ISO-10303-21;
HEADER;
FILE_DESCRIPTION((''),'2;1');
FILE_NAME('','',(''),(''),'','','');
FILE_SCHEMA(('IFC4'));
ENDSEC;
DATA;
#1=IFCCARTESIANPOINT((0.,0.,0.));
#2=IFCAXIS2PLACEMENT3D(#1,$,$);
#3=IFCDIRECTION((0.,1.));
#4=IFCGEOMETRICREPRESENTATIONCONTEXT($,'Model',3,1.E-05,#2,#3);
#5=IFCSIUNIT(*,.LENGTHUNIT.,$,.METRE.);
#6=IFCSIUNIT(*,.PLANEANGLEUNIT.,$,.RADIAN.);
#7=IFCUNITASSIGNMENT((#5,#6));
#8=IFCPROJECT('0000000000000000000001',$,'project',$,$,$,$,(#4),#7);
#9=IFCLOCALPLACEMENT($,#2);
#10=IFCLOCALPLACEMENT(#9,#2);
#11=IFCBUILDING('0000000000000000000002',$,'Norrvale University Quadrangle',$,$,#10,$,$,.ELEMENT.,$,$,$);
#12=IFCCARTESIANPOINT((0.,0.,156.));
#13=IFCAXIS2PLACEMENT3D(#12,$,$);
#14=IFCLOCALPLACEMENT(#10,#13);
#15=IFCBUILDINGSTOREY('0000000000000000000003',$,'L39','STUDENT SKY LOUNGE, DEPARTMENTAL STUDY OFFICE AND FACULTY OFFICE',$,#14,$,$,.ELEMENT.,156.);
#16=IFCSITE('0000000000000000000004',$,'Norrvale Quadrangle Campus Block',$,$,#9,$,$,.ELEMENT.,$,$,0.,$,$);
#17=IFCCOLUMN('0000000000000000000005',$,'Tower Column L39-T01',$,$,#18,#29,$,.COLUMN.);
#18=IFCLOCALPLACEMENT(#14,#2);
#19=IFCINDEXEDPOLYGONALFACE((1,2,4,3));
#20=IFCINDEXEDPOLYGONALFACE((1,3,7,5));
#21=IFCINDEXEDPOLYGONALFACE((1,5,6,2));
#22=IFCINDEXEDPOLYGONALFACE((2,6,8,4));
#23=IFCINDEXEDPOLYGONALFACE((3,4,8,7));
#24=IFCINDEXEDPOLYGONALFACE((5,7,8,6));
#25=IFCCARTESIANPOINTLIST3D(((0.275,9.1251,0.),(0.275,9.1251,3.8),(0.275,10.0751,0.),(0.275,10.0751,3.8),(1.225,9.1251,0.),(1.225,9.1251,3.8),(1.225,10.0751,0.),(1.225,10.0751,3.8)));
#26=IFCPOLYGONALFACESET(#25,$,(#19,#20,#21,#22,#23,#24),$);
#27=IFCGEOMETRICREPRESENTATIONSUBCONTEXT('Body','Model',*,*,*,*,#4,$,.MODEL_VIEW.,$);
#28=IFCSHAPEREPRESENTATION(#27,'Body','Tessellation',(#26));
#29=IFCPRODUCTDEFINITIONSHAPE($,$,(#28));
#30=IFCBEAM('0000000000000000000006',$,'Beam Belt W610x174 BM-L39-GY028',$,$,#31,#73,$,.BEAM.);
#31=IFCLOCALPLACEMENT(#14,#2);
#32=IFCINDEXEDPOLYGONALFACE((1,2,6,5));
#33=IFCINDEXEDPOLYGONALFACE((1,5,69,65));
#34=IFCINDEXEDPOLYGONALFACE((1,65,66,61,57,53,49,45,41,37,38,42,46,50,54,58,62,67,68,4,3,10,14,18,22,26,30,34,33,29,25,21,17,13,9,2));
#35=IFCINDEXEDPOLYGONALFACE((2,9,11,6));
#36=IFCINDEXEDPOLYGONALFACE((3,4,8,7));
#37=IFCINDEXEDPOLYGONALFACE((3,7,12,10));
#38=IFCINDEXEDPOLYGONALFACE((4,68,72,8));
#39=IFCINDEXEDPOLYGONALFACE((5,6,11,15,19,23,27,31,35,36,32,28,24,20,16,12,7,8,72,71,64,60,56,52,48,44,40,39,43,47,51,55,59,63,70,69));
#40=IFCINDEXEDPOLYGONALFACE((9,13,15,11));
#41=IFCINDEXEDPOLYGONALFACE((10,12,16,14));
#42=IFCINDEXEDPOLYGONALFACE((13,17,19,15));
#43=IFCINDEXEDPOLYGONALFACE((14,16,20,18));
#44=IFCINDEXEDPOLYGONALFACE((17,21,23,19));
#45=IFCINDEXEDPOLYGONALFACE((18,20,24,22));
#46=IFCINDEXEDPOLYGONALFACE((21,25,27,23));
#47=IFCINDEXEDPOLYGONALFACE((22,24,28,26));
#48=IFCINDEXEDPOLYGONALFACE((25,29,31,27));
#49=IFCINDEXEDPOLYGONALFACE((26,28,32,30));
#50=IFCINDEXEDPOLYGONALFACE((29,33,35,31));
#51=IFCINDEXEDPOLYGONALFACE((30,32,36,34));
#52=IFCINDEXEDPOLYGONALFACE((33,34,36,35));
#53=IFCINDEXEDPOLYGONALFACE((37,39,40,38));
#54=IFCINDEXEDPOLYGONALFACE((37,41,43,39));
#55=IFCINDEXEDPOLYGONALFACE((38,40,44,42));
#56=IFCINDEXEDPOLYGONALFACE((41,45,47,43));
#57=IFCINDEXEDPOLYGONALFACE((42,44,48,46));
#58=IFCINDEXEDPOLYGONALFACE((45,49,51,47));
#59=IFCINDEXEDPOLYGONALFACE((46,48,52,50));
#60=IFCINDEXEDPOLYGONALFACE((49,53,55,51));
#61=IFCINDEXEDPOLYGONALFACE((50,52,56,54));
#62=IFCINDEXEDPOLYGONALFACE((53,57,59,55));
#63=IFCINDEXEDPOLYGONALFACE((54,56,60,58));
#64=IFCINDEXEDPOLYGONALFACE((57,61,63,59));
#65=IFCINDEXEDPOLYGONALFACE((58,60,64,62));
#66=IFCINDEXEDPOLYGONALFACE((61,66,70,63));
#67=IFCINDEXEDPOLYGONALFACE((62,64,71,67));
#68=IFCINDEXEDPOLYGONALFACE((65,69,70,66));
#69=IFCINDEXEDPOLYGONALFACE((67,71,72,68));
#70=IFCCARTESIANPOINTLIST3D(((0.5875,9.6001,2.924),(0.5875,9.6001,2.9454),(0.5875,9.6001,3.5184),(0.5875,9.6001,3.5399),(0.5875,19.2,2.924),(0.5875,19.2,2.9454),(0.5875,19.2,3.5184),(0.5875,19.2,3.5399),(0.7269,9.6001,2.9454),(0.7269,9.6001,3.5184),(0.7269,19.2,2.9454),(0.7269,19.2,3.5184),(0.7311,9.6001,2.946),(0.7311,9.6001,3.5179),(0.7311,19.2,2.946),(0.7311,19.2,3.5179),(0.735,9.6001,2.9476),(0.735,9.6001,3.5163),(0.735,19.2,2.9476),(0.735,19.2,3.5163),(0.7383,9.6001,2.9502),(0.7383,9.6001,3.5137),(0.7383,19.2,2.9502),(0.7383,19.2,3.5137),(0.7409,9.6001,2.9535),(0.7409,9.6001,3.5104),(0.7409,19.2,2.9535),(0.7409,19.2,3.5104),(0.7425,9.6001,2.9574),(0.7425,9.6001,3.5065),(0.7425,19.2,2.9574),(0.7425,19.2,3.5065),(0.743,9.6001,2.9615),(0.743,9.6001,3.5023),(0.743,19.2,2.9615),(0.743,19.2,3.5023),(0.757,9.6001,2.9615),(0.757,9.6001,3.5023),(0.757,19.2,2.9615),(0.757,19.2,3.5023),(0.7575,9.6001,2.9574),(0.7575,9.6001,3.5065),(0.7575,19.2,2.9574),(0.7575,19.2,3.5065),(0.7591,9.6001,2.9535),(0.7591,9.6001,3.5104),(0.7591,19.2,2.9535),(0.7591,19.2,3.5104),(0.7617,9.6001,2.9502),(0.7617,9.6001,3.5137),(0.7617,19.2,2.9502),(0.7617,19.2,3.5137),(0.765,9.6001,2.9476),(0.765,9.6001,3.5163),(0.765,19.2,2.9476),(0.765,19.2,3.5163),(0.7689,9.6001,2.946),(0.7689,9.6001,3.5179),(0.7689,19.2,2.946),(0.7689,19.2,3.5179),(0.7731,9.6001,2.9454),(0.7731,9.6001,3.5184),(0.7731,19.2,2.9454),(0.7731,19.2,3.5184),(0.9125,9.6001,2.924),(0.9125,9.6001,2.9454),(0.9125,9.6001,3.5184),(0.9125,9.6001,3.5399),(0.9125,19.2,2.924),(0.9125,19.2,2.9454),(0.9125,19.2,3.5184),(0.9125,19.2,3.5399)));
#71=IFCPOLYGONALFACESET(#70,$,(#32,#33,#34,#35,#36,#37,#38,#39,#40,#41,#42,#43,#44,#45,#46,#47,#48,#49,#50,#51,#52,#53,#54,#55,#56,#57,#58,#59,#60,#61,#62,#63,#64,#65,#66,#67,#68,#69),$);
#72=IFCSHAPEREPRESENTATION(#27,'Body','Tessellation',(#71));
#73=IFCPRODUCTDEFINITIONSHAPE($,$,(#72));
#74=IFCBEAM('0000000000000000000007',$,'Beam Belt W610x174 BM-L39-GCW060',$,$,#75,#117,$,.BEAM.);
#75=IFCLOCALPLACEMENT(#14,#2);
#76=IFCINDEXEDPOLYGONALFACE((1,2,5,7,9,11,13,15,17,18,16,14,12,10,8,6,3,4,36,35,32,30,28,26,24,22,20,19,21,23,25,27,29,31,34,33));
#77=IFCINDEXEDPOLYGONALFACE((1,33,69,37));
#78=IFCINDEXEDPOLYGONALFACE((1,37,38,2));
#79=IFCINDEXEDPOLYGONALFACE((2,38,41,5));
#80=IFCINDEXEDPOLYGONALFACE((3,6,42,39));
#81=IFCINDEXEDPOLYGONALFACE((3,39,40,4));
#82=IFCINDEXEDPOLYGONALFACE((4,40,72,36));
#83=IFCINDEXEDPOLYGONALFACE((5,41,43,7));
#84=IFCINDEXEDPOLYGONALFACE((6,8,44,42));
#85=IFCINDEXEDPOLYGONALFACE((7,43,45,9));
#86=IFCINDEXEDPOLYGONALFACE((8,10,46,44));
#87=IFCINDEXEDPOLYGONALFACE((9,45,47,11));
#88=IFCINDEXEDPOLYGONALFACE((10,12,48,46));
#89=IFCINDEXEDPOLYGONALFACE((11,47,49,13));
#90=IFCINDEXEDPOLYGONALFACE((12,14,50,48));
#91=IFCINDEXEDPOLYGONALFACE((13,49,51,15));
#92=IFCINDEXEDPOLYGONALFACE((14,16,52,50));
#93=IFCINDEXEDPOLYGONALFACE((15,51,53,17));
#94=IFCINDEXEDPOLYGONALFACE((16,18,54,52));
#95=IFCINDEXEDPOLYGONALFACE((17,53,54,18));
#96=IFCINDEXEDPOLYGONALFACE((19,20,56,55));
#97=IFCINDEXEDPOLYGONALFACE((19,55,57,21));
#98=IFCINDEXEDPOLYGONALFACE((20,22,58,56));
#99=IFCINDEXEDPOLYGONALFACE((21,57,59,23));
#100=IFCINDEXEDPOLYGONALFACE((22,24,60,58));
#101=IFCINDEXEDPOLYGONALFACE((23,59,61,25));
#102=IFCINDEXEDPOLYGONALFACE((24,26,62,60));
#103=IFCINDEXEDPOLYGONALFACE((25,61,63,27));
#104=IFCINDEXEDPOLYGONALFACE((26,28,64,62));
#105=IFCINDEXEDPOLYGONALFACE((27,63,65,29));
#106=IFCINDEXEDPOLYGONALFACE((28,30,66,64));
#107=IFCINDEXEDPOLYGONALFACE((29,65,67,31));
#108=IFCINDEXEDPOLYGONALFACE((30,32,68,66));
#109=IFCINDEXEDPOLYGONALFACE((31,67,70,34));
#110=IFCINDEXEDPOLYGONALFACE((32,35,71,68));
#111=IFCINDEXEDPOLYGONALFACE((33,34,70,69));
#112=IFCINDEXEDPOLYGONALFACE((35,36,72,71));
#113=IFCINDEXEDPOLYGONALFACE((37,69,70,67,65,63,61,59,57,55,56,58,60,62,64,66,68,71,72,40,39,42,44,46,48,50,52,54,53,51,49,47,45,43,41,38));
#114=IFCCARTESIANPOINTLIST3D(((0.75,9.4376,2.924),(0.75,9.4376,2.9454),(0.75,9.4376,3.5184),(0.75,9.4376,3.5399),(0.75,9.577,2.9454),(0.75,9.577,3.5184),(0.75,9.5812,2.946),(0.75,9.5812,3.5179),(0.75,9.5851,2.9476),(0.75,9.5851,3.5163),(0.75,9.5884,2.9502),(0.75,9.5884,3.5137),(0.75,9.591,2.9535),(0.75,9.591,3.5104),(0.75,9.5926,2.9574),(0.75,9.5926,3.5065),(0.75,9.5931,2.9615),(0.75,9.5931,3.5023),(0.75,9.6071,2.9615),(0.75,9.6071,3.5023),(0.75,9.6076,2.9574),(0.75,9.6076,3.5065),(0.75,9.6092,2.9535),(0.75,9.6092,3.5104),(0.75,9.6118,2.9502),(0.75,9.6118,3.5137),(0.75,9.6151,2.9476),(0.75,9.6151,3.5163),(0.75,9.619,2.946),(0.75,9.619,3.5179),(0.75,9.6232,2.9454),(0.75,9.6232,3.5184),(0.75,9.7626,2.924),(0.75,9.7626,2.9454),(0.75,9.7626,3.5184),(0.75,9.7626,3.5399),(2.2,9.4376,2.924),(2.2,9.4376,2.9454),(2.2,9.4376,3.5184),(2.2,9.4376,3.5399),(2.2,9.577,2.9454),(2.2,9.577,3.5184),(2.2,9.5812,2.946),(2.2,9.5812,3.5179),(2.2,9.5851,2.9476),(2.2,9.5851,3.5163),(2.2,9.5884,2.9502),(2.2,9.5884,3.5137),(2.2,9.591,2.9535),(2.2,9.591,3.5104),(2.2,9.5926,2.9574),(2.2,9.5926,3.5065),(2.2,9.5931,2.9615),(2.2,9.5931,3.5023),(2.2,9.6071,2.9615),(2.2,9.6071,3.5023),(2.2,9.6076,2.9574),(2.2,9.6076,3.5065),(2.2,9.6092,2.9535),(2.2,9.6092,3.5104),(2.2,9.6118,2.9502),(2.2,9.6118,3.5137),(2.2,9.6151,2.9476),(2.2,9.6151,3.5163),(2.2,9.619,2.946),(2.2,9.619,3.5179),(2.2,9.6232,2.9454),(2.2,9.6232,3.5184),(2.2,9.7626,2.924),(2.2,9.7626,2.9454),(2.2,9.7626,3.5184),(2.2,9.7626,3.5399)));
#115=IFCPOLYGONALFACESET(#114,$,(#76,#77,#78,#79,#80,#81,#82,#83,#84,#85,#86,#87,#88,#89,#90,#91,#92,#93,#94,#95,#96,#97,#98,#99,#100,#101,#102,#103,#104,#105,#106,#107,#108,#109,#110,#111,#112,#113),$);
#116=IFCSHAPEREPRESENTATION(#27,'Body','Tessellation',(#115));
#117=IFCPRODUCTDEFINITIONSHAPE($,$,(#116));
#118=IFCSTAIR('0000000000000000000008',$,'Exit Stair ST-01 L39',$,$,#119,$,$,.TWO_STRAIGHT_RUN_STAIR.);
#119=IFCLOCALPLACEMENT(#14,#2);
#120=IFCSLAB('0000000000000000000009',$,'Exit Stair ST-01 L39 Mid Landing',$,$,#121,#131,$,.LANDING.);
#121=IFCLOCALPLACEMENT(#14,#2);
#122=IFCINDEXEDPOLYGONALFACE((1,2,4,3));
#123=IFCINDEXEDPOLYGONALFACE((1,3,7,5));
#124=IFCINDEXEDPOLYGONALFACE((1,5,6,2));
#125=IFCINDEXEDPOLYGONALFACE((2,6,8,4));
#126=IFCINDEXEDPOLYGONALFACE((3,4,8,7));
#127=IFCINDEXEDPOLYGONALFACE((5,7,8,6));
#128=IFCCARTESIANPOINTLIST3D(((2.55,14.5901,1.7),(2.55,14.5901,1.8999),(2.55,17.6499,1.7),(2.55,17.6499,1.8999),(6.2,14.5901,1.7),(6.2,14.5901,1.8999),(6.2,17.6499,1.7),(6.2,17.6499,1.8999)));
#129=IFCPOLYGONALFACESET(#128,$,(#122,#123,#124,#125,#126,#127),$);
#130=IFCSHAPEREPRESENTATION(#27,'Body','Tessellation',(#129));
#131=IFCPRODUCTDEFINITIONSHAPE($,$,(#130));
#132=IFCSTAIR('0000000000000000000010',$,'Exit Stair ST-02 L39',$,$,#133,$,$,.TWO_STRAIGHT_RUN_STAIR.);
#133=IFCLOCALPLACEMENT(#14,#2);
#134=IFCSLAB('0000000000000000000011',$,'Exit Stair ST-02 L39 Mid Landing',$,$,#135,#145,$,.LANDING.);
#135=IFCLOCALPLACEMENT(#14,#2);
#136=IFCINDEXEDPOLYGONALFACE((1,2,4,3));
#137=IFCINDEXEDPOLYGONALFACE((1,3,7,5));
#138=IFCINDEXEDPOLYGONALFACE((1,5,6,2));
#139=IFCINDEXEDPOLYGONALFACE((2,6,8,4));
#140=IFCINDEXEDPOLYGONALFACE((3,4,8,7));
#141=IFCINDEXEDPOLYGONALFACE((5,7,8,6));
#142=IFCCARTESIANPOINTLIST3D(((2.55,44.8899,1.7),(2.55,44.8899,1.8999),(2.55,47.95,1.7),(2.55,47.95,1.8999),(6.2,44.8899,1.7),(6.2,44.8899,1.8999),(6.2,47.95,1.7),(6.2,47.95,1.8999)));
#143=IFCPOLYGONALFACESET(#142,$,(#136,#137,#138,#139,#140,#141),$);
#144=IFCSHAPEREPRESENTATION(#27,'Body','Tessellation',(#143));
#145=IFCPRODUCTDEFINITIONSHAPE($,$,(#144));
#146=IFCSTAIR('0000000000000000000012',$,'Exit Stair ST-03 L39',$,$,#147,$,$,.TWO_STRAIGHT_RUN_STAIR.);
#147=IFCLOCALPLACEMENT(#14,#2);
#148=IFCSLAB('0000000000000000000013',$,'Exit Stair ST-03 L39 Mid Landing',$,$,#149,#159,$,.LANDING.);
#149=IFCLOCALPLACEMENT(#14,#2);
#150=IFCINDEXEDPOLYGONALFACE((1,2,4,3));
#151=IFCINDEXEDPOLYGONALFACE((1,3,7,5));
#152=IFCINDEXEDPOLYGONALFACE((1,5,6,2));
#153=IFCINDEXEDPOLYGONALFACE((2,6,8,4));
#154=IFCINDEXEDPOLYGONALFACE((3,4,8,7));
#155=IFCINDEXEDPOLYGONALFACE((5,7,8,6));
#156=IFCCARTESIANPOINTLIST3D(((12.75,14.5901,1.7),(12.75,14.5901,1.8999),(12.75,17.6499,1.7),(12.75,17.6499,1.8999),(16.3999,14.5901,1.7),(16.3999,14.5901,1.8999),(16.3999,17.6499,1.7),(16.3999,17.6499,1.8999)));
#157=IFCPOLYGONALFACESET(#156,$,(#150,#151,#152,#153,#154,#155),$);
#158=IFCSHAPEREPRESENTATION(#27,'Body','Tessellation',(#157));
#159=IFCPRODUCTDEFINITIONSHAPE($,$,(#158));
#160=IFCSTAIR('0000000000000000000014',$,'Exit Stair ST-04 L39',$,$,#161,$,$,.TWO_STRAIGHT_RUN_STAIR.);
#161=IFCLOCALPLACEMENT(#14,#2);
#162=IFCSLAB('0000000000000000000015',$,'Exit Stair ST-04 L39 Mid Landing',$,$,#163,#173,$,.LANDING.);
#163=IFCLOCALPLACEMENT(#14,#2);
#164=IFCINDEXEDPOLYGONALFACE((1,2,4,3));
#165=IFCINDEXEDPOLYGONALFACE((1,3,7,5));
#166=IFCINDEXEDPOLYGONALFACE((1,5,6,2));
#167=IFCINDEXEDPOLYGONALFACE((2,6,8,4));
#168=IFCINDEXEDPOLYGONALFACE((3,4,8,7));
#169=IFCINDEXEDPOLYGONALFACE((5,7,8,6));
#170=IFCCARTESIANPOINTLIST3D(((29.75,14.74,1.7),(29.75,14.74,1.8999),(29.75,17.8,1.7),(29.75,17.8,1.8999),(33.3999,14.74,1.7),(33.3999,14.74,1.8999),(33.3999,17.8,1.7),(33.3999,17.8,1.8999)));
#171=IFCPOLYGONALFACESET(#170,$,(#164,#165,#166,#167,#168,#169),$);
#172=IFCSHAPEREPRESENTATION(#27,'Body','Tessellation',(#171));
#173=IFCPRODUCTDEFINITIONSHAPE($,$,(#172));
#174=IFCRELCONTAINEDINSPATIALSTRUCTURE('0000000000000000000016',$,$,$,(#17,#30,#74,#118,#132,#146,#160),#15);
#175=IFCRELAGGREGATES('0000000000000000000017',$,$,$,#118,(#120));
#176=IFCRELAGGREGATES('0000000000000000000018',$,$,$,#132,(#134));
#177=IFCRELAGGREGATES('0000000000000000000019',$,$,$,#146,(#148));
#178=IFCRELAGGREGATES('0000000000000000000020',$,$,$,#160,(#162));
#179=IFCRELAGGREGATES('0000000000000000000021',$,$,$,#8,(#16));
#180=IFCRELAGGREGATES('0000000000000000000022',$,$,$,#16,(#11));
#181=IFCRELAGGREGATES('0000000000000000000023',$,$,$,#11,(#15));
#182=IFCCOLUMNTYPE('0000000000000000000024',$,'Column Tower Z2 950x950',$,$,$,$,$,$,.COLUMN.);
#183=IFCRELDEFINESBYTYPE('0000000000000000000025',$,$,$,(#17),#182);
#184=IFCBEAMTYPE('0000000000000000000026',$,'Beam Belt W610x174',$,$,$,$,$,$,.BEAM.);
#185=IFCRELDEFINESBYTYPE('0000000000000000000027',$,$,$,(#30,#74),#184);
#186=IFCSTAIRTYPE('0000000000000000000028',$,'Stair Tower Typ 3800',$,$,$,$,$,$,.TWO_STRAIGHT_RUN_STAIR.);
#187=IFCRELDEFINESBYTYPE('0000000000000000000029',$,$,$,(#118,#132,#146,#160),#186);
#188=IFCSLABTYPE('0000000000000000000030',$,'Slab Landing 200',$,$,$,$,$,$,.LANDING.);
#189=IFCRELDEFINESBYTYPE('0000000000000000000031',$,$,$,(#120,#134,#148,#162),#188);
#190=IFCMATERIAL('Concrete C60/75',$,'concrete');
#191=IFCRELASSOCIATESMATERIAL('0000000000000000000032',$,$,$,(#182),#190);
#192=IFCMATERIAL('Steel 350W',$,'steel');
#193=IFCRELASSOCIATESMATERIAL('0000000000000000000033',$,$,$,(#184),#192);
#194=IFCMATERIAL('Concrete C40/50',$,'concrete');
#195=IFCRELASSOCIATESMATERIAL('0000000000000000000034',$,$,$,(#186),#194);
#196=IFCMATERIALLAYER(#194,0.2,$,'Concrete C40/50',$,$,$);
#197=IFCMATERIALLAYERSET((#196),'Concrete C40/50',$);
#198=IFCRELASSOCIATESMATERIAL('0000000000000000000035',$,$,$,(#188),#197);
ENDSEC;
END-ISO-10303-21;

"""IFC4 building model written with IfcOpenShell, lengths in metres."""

from ifc_helpers import new_model, si_unit, direction, frame, origin, origin_2d, place, context, subcontext, project, spatial, polyline, rectangle, i_section, outline, extrude, material, layer, layer_set, material_profile, profile_set, type_object, element, aggregate, save


model = new_model("IFC4")

# Units and contexts
model_context = context("Model", 3, precision=1e-05, world=origin(), true_north=direction((0.0, 1.0)))
body_context = subcontext(model_context, "Body", "Model", "MODEL_VIEW")
ifc_project = project(units=[si_unit("LENGTHUNIT", "METRE"), si_unit("PLANEANGLEUNIT", "RADIAN")], contexts=[model_context])

# Site, building, storey
site_placement = place(None, origin())
site = spatial("IfcSite", under=ifc_project, at=site_placement, Name="Norrvale Quadrangle Campus Block", CompositionType="ELEMENT", RefElevation=0.0)
building_placement = place(site_placement, origin())
building = spatial("IfcBuilding", under=site, at=building_placement, Name="Norrvale University Quadrangle", CompositionType="ELEMENT")
storey_placement = place(building_placement, frame((0.0, 0.0, 156.0)))
storey = spatial("IfcBuildingStorey", under=building, at=storey_placement, Name="L39", Description="STUDENT SKY LOUNGE, DEPARTMENTAL STUDY OFFICE AND FACULTY OFFICE", CompositionType="ELEMENT", Elevation=156.0)

# Column
ifc_material_1 = material(Name="Concrete C60/75", Category="concrete")
ifc_material_profile_1 = material_profile(ifc_material_1, rectangle(XDim=0.95, YDim=0.95, at=origin_2d()), Name="Concrete C60/75")
ifc_profile_set_1 = profile_set([ifc_material_profile_1], Name="Concrete C60/75")
column_type = type_object("IfcColumnType", Name="Column Tower Z2 950x950", PredefinedType="COLUMN", material=ifc_profile_set_1)
column_placement = place(storey_placement, frame((0.75, 9.6001, 0.0), z_axis=(0.0, 0.0, 1.0), x_axis=(1.0, 0.0, 0.0)))
element("IfcColumn", 1, at=column_placement, inside=storey, type_object=column_type, Name="Tower Column L39-T01", PredefinedType="COLUMN", context=body_context, shape_type="SweptSolid", body=[
    extrude(rectangle(XDim=0.95, YDim=0.95, at=origin_2d()), origin(), (0.0, 0.0, 1.0), 3.8),
])

# Beams
ifc_material_2 = material(Name="Steel 350W", Category="steel")
ifc_material_profile_2 = material_profile(ifc_material_2, i_section(OverallWidth=0.325, OverallDepth=0.616, WebThickness=0.0139, FlangeThickness=0.0215, FilletRadius=0.0161, at=origin_2d()), Name="Steel 350W")
ifc_profile_set_2 = profile_set([ifc_material_profile_2], Name="Steel 350W")
beam_type = type_object("IfcBeamType", Name="Beam Belt W610x174", PredefinedType="BEAM", material=ifc_profile_set_2)
beam_1_placement = place(storey_placement, frame((0.75, 9.6001, 3.2319), z_axis=(0.0, 1.0, 0.0), x_axis=(-1.0, 0.0, 0.0)))
element("IfcBeam", 2, at=beam_1_placement, inside=storey, type_object=beam_type, Name="Beam Belt W610x174 BM-L39-GY028", PredefinedType="BEAM", context=body_context, shape_type="SweptSolid", body=[
    extrude(i_section(OverallWidth=0.325, OverallDepth=0.616, WebThickness=0.0139, FlangeThickness=0.0215, FilletRadius=0.0161, at=origin_2d()), origin(), (0.0, 0.0, 1.0), 9.5999),
])
beam_2_placement = place(storey_placement, frame((0.75, 9.6001, 3.2319), z_axis=(1.0, 0.0, 0.0), x_axis=(0.0, 1.0, 0.0)))
element("IfcBeam", 3, at=beam_2_placement, inside=storey, type_object=beam_type, Name="Beam Belt W610x174 BM-L39-GCW060", PredefinedType="BEAM", context=body_context, shape_type="SweptSolid", body=[
    extrude(i_section(OverallWidth=0.325, OverallDepth=0.616, WebThickness=0.0139, FlangeThickness=0.0215, FilletRadius=0.0161, at=origin_2d()), origin(), (0.0, 0.0, 1.0), 1.45),
])

# Stairs, slabs
ifc_material_3 = material(Name="Concrete C40/50", Category="concrete")
stair_type = type_object("IfcStairType", Name="Stair Tower Typ 3800", PredefinedType="TWO_STRAIGHT_RUN_STAIR", material=ifc_material_3)
stair_1_placement = place(storey_placement, origin())
stair_1 = element("IfcStair", 4, at=stair_1_placement, inside=storey, type_object=stair_type, Name="Exit Stair ST-01 L39", PredefinedType="TWO_STRAIGHT_RUN_STAIR")
ifc_layer_1 = layer(ifc_material_3, 0.2, Name="Concrete C40/50")
ifc_layer_set_1 = layer_set([ifc_layer_1], Name="Concrete C40/50")
slab_type_1 = type_object("IfcSlabType", Name="Slab Landing 200", PredefinedType="LANDING", material=ifc_layer_set_1)
slab_1_placement = place(storey_placement, frame((0.0, 0.0, 1.7)))
slab_1 = element("IfcSlab", 5, at=slab_1_placement, type_object=slab_type_1, Name="Exit Stair ST-01 L39 Mid Landing", PredefinedType="LANDING", context=body_context, shape_type="SweptSolid", body=[
    extrude(outline(polyline([(2.55, 14.5901), (6.2, 14.5901), (6.2, 17.6499), (2.55, 17.6499), (2.55, 14.5901)])), origin(), (0.0, 0.0, 1.0), 0.2),
])
aggregate(stair_1, [slab_1])
stair_2_placement = place(storey_placement, origin())
stair_2 = element("IfcStair", 6, at=stair_2_placement, inside=storey, type_object=stair_type, Name="Exit Stair ST-02 L39", PredefinedType="TWO_STRAIGHT_RUN_STAIR")
slab_2_placement = place(storey_placement, frame((0.0, 0.0, 1.7)))
slab_2 = element("IfcSlab", 7, at=slab_2_placement, type_object=slab_type_1, Name="Exit Stair ST-02 L39 Mid Landing", PredefinedType="LANDING", context=body_context, shape_type="SweptSolid", body=[
    extrude(outline(polyline([(2.55, 44.8899), (6.2, 44.8899), (6.2, 47.95), (2.55, 47.95), (2.55, 44.8899)])), origin(), (0.0, 0.0, 1.0), 0.2),
])
aggregate(stair_2, [slab_2])
stair_3_placement = place(storey_placement, origin())
stair_3 = element("IfcStair", 8, at=stair_3_placement, inside=storey, type_object=stair_type, Name="Exit Stair ST-03 L39", PredefinedType="TWO_STRAIGHT_RUN_STAIR")
slab_3_placement = place(storey_placement, frame((0.0, 0.0, 1.7)))
slab_3 = element("IfcSlab", 9, at=slab_3_placement, type_object=slab_type_1, Name="Exit Stair ST-03 L39 Mid Landing", PredefinedType="LANDING", context=body_context, shape_type="SweptSolid", body=[
    extrude(outline(polyline([(12.75, 14.5901), (16.3999, 14.5901), (16.3999, 17.6499), (12.75, 17.6499), (12.75, 14.5901)])), origin(), (0.0, 0.0, 1.0), 0.2),
])
aggregate(stair_3, [slab_3])
stair_4_placement = place(storey_placement, origin())
stair_4 = element("IfcStair", 10, at=stair_4_placement, inside=storey, type_object=stair_type, Name="Exit Stair ST-04 L39", PredefinedType="TWO_STRAIGHT_RUN_STAIR")
slab_4_placement = place(storey_placement, frame((0.0, 0.0, 1.7)))
slab_4 = element("IfcSlab", 11, at=slab_4_placement, type_object=slab_type_1, Name="Exit Stair ST-04 L39 Mid Landing", PredefinedType="LANDING", context=body_context, shape_type="SweptSolid", body=[
    extrude(outline(polyline([(29.75, 14.74), (33.3999, 14.74), (33.3999, 17.8), (29.75, 17.8), (29.75, 14.74)])), origin(), (0.0, 0.0, 1.0), 0.2),
])
aggregate(stair_4, [slab_4])

save(model, "model.ifc")
